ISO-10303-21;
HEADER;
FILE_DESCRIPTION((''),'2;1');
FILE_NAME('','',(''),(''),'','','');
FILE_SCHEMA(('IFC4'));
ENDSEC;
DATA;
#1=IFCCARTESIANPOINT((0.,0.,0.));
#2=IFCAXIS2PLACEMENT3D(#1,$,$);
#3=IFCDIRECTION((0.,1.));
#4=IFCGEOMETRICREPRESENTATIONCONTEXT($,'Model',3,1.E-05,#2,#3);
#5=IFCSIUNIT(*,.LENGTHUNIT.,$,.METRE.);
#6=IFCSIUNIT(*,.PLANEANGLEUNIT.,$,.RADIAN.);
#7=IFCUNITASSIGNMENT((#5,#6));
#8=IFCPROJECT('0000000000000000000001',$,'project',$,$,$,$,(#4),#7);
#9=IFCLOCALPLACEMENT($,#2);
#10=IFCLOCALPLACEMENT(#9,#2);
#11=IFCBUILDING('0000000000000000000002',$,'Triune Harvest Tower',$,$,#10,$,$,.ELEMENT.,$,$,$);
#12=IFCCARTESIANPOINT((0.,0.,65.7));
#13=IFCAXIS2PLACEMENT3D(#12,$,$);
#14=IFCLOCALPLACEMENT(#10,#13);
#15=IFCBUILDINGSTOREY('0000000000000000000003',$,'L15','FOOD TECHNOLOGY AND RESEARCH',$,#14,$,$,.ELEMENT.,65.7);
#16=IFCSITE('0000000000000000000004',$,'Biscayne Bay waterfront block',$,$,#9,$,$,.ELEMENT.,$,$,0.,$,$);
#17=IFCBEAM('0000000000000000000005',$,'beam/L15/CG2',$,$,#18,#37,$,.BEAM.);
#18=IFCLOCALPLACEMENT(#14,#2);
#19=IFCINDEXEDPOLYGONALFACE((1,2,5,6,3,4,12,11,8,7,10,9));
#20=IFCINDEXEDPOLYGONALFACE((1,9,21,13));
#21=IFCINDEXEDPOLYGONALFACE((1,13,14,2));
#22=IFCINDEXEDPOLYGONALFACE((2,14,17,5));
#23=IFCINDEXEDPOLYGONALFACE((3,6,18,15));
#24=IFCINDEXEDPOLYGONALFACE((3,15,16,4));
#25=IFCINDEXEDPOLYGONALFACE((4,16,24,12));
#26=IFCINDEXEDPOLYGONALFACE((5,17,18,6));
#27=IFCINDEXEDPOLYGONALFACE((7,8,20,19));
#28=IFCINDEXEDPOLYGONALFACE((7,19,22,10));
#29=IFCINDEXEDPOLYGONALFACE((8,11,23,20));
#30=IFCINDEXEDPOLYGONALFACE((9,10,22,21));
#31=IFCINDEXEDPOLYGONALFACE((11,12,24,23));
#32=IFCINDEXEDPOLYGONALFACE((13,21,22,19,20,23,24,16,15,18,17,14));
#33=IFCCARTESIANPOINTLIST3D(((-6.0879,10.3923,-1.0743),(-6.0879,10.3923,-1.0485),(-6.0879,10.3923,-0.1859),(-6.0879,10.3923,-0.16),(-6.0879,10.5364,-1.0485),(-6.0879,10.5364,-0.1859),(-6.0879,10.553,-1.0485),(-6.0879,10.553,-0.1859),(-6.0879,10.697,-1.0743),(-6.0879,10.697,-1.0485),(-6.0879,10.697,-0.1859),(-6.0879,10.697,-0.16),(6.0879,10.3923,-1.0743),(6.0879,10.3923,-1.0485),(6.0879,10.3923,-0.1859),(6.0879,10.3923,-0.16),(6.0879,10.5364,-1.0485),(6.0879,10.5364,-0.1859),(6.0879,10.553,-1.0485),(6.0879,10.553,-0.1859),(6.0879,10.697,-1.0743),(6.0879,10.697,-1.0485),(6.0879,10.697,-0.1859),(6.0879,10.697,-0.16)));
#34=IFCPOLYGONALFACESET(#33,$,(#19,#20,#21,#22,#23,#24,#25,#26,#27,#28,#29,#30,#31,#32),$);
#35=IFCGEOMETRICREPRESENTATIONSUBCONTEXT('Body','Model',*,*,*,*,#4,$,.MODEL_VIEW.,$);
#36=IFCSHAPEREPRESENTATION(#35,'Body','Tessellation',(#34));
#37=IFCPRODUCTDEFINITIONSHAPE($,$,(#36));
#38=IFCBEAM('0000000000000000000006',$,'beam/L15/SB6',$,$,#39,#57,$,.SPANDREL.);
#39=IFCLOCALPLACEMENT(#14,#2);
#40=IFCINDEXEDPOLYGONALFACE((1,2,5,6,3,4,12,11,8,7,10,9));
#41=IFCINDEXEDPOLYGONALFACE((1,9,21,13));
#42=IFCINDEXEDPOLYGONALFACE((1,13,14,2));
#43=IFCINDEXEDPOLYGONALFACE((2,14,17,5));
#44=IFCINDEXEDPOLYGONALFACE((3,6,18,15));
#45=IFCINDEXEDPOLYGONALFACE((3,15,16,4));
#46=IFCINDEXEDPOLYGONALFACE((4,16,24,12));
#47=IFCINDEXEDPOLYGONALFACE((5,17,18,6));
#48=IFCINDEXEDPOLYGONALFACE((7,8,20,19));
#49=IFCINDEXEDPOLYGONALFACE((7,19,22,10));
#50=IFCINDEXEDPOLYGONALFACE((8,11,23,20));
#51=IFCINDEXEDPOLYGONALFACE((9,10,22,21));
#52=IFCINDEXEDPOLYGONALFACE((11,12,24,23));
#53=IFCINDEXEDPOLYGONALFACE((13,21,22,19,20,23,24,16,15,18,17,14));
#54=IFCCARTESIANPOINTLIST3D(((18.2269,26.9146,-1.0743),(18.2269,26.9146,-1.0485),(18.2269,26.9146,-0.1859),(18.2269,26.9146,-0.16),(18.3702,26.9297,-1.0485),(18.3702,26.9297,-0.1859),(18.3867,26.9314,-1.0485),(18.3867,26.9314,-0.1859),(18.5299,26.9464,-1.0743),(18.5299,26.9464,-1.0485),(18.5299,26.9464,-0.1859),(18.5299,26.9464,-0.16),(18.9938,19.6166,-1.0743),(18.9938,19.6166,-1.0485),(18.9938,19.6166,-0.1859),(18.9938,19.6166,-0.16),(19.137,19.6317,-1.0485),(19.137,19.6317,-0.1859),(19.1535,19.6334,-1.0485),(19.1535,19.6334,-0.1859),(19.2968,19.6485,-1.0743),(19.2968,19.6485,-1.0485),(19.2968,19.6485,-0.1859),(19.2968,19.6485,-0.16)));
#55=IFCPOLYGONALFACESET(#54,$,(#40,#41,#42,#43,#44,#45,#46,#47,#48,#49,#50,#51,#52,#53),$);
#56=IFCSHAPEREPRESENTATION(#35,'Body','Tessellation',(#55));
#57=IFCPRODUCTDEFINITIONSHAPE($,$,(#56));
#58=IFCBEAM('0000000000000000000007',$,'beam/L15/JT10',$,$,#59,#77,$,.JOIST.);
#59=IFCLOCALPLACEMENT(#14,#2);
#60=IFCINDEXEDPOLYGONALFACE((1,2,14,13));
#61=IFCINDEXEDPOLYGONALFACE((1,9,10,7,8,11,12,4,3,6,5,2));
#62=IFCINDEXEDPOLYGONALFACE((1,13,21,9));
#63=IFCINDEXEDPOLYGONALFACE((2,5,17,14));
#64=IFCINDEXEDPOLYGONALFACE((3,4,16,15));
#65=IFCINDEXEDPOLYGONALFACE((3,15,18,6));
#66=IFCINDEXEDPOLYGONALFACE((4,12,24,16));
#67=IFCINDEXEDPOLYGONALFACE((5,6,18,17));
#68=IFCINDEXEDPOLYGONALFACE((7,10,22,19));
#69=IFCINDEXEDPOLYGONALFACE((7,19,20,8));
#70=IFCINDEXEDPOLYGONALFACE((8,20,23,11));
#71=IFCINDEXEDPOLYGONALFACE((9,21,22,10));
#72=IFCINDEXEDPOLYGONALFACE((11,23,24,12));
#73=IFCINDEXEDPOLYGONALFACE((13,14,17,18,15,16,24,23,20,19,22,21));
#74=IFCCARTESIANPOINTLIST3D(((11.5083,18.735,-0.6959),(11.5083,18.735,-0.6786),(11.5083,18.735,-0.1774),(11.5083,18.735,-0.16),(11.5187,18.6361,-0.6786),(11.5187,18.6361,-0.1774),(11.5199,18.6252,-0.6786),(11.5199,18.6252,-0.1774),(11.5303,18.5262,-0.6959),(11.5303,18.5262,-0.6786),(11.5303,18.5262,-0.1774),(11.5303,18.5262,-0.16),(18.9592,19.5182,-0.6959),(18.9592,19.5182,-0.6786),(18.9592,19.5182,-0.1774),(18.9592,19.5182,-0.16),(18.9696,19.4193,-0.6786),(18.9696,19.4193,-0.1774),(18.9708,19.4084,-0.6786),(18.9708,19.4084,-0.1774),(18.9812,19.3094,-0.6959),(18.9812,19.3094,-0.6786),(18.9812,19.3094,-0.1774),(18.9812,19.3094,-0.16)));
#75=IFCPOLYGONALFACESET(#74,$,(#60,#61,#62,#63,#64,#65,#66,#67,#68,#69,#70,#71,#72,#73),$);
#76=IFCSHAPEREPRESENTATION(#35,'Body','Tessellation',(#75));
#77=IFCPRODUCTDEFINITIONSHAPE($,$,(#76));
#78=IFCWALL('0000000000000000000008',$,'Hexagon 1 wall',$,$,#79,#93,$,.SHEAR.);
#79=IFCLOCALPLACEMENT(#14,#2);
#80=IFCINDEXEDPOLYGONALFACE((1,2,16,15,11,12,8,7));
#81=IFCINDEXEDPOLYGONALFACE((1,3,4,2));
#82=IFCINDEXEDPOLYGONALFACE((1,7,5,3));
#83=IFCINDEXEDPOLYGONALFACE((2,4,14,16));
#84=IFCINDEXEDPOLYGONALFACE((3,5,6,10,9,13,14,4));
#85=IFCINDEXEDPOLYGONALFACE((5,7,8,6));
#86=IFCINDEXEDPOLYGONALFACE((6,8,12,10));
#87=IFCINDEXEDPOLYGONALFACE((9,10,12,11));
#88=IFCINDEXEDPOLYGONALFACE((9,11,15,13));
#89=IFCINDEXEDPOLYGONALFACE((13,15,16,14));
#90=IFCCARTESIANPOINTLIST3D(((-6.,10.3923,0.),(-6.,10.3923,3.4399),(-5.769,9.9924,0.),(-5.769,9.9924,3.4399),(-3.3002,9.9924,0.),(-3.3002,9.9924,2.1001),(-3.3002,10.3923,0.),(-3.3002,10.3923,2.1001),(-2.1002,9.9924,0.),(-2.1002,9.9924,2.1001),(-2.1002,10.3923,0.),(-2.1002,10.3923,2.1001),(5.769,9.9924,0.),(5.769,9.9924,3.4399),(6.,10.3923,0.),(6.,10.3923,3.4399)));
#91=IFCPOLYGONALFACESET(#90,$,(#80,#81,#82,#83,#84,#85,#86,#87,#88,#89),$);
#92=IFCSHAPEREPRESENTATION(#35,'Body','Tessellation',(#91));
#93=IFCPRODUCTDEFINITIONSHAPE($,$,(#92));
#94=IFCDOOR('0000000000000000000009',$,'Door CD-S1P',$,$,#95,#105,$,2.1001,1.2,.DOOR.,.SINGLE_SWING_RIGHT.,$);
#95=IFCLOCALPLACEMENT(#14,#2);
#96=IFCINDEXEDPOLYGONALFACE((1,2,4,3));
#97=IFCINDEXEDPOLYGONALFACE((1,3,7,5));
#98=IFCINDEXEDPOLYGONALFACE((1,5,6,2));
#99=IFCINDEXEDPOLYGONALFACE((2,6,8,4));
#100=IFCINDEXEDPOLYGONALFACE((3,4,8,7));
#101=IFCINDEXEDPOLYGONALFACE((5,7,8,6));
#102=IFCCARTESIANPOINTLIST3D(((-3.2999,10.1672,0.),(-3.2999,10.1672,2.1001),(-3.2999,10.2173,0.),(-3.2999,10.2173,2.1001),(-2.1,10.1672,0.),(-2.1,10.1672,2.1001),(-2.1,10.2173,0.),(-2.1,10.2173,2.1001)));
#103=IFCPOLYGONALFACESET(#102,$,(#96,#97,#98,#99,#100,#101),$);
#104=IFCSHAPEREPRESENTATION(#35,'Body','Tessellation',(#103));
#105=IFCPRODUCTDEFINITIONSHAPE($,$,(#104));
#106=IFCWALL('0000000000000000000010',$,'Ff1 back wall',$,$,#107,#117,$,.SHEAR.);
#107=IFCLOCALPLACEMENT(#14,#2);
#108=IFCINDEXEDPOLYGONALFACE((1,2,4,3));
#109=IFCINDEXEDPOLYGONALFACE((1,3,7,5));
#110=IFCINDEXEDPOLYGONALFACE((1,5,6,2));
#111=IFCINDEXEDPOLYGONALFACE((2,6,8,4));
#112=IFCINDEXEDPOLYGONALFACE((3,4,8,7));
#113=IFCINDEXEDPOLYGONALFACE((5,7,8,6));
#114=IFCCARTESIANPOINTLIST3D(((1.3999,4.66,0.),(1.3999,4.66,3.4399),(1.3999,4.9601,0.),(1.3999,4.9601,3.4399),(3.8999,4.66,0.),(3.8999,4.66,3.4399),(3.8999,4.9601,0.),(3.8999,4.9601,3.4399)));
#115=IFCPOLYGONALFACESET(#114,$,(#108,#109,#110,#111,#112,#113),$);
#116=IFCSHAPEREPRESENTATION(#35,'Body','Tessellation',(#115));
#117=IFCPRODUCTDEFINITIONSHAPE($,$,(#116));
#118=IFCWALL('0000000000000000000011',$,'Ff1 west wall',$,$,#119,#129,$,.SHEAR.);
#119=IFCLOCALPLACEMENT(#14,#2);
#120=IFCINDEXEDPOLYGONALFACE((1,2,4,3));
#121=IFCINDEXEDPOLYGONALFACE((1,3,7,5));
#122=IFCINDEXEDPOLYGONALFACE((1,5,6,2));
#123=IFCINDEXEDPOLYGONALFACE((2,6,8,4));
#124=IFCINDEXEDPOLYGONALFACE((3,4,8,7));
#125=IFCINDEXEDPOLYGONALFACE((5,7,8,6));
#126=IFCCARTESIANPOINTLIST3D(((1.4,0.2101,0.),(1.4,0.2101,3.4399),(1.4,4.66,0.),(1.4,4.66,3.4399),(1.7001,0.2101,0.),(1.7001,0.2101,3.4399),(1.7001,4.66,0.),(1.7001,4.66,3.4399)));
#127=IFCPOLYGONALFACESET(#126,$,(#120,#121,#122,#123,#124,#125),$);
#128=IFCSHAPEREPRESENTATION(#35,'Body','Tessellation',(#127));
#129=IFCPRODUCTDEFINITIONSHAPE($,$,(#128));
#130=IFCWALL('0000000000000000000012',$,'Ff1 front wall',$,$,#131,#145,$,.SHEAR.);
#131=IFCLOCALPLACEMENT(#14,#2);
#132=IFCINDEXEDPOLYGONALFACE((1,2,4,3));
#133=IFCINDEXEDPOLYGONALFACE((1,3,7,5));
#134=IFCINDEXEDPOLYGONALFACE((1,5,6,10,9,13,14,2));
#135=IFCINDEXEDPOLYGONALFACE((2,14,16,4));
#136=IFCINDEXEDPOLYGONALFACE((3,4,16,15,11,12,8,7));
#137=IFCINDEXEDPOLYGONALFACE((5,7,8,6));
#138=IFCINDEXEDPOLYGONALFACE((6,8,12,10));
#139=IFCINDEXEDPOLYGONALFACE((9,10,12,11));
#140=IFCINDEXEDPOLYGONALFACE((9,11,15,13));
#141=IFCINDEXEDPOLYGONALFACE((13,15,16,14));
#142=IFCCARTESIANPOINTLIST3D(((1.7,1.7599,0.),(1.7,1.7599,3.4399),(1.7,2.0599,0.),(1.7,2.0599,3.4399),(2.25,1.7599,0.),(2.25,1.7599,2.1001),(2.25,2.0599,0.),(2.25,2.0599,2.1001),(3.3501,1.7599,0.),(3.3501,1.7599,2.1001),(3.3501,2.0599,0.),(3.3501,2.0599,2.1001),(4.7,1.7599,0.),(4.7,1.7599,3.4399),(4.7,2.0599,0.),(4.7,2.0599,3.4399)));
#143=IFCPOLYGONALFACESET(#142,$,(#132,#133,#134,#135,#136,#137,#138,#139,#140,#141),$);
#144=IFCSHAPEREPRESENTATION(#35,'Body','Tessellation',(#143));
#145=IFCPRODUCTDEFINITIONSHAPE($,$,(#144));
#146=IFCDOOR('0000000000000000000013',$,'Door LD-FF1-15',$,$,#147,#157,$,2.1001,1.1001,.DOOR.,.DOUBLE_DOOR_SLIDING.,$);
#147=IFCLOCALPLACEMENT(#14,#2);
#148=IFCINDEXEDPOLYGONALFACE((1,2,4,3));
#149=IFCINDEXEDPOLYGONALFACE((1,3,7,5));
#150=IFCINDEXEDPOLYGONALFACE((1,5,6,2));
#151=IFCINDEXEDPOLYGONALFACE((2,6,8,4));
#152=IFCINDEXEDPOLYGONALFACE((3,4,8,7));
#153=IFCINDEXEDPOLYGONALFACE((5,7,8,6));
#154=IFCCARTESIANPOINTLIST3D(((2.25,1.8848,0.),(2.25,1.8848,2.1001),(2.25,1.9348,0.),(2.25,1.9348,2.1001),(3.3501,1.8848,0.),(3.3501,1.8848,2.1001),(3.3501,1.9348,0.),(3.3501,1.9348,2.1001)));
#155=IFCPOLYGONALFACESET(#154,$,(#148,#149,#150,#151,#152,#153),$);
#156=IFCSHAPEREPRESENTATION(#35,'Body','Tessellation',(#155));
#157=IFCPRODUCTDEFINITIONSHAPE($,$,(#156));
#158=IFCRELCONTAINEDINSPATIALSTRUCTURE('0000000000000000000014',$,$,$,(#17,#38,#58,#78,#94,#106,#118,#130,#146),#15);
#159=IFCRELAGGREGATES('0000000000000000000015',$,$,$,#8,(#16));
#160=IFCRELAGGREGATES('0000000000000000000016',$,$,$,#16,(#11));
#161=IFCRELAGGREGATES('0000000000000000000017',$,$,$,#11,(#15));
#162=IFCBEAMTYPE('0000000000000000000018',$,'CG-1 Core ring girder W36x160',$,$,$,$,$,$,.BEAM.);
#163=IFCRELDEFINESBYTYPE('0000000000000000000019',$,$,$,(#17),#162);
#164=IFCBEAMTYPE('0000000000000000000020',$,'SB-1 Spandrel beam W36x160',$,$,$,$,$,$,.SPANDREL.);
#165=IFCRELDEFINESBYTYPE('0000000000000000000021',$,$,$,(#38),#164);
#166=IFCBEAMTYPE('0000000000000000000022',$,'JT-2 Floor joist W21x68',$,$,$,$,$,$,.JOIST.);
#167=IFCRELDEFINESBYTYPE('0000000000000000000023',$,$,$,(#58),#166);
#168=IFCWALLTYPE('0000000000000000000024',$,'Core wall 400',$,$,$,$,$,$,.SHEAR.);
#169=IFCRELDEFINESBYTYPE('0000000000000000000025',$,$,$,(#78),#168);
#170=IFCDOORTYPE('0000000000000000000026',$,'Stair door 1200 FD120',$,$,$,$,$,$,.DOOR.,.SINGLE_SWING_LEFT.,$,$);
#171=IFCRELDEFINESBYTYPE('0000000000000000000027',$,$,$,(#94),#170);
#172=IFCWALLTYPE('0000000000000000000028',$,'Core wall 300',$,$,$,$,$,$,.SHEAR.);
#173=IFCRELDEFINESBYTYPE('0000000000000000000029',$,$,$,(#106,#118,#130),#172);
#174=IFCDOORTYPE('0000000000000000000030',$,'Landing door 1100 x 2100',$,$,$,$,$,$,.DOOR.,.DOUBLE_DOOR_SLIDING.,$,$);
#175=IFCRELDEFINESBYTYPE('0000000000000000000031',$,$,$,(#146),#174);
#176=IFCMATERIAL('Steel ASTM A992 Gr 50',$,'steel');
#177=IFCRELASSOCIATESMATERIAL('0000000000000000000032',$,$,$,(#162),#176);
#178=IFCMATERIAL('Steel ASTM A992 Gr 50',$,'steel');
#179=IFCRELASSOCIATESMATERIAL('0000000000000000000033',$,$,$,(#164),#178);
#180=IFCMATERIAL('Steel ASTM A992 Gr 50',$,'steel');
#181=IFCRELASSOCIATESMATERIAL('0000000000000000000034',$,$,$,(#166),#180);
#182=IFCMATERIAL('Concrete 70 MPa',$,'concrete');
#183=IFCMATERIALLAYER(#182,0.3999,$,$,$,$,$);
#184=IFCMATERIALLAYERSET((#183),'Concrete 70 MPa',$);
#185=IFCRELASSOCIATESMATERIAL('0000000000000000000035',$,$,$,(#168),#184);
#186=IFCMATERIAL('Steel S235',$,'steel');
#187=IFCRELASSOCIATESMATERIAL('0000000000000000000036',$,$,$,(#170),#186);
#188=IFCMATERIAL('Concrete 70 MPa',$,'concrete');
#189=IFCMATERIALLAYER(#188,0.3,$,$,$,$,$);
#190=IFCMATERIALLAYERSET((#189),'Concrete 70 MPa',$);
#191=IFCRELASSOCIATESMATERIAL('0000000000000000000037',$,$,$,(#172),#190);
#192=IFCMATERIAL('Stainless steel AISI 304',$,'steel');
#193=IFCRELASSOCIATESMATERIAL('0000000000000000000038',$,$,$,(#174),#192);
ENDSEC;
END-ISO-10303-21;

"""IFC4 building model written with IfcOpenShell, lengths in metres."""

from ifc_helpers import new_model, si_unit, direction, frame, frame_2d, origin, origin_2d, place, context, subcontext, project, spatial, polyline, rectangle, i_section, outline, extrude, source, transform, mapped, material, layer, layer_set, material_profile, profile_set, type_object, element, fill, save


model = new_model("IFC4")

# Units and contexts
model_context = context("Model", 3, precision=1e-05, world=origin(), true_north=direction((0.0, 1.0)))
body_context = subcontext(model_context, "Body", "Model", "MODEL_VIEW")
ifc_project = project(units=[si_unit("LENGTHUNIT", "METRE"), si_unit("PLANEANGLEUNIT", "RADIAN")], contexts=[model_context])

# Site, building, storey
site_placement = place(None, origin())
site = spatial("IfcSite", under=ifc_project, at=site_placement, Name="Biscayne Bay waterfront block", CompositionType="ELEMENT", RefElevation=0.0)
building_placement = place(site_placement, origin())
building = spatial("IfcBuilding", under=site, at=building_placement, Name="Triune Harvest Tower", CompositionType="ELEMENT")
storey_placement = place(building_placement, frame((0.0, 0.0, 65.7)))
storey = spatial("IfcBuildingStorey", under=building, at=storey_placement, Name="L15", Description="FOOD TECHNOLOGY AND RESEARCH", CompositionType="ELEMENT", Elevation=65.7)

# Beams
ifc_material_1 = material(Name="Steel ASTM A992 Gr 50", Category="steel")
ifc_material_profile_1 = material_profile(ifc_material_1, i_section(OverallWidth=0.3047, OverallDepth=0.9143, WebThickness=0.0166, FlangeThickness=0.0259, at=origin_2d()), Name="W36x160")
ifc_profile_set_1 = profile_set([ifc_material_profile_1], Name="Steel ASTM A992 Gr 50")
beam_type_1 = type_object("IfcBeamType", Name="CG-1 Core ring girder W36x160", PredefinedType="BEAM", material=ifc_profile_set_1)
shared_shape_1 = source(origin(), body_context, "Body", "SweptSolid", [
    extrude(i_section(OverallWidth=0.3047, OverallDepth=0.9143, WebThickness=0.0166, FlangeThickness=0.0259, at=origin_2d()), origin(), (0.0, 0.0, 1.0), 12.1758),
])
beam_1_placement = place(storey_placement, frame((6.0879, 10.5447, -0.6172), z_axis=(-1.0, 0.0, 0.0), x_axis=(0.0, -1.0, 0.0)))
element("IfcBeam", 1, at=beam_1_placement, inside=storey, type_object=beam_type_1, Name="beam/L15/CG2", PredefinedType="BEAM", context=body_context, shape_type="MappedRepresentation", body=[
    mapped(shared_shape_1, transform((0.0, 0.0, 0.0), scale=1.0)),
])
ifc_material_2 = material(Name="Steel ASTM A992 Gr 50", Category="steel")
ifc_material_profile_2 = material_profile(ifc_material_2, i_section(OverallWidth=0.3047, OverallDepth=0.9143, WebThickness=0.0166, FlangeThickness=0.0259, at=origin_2d()), Name="W36x160")
ifc_profile_set_2 = profile_set([ifc_material_profile_2], Name="Steel ASTM A992 Gr 50")
beam_type_2 = type_object("IfcBeamType", Name="SB-1 Spandrel beam W36x160", PredefinedType="SPANDREL", material=ifc_profile_set_2)
shared_shape_2 = source(origin(), body_context, "Body", "SweptSolid", [
    extrude(i_section(OverallWidth=0.3047, OverallDepth=0.9143, WebThickness=0.0166, FlangeThickness=0.0259, at=origin_2d()), origin(), (0.0, 0.0, 1.0), 7.3381),
])
beam_2_placement = place(storey_placement, frame((19.1453, 19.6326, -0.6172), z_axis=(-0.104503, 0.994525, 0.0), x_axis=(-0.994525, -0.104503, 0.0)))
element("IfcBeam", 2, at=beam_2_placement, inside=storey, type_object=beam_type_2, Name="beam/L15/SB6", PredefinedType="SPANDREL", context=body_context, shape_type="MappedRepresentation", body=[
    mapped(shared_shape_2, transform((0.0, 0.0, 0.0), scale=1.0)),
])
ifc_material_3 = material(Name="Steel ASTM A992 Gr 50", Category="steel")
ifc_material_profile_3 = material_profile(ifc_material_3, i_section(OverallWidth=0.21, OverallDepth=0.5359, WebThickness=0.011, FlangeThickness=0.0173, at=origin_2d()), Name="W21x68")
ifc_profile_set_3 = profile_set([ifc_material_profile_3], Name="Steel ASTM A992 Gr 50")
beam_type_3 = type_object("IfcBeamType", Name="JT-2 Floor joist W21x68", PredefinedType="JOIST", material=ifc_profile_set_3)
shared_shape_3 = source(origin(), body_context, "Body", "SweptSolid", [
    extrude(i_section(OverallWidth=0.21, OverallDepth=0.5359, WebThickness=0.011, FlangeThickness=0.0173, at=origin_2d()), origin(), (0.0, 0.0, 1.0), 7.4919),
])
beam_3_placement = place(storey_placement, frame((18.9702, 19.4138, -0.428), z_axis=(-0.994521, -0.104539, 0.0), x_axis=(0.104539, -0.994521, 0.0)))
element("IfcBeam", 3, at=beam_3_placement, inside=storey, type_object=beam_type_3, Name="beam/L15/JT10", PredefinedType="JOIST", context=body_context, shape_type="MappedRepresentation", body=[
    mapped(shared_shape_3, transform((0.0, 0.0, 0.0), scale=1.0)),
])

# Wall, opening, door
ifc_material_4 = material(Name="Concrete 70 MPa", Category="concrete")
ifc_layer_1 = layer(ifc_material_4, 0.3999)
ifc_layer_set_1 = layer_set([ifc_layer_1], Name="Concrete 70 MPa")
wall_type_1 = type_object("IfcWallType", Name="Core wall 400", PredefinedType="SHEAR", material=ifc_layer_set_1)
shared_shape_4 = source(origin(), body_context, "Body", "SweptSolid", [
    extrude(outline(polyline([(-0.1155, -0.2), (11.8845, -0.2), (11.6536, 0.2), (0.1155, 0.2), (-0.1155, -0.2)])), origin(), (0.0, 0.0, 1.0), 3.4399),
])
wall_1_placement = place(storey_placement, frame((5.8845, 10.1924, 0.0), z_axis=(0.0, 0.0, 1.0), x_axis=(-1.0, 0.0, 0.0)))
wall_1 = element("IfcWall", 4, at=wall_1_placement, inside=storey, type_object=wall_type_1, Name="Hexagon 1 wall", PredefinedType="SHEAR", context=body_context, shape_type="MappedRepresentation", body=[
    mapped(shared_shape_4, transform((0.0, 0.0, 0.0), scale=1.0)),
])
opening_1_placement = place(wall_1_placement, frame((7.9846, 0.0, 0.0)))
opening_1 = element("IfcOpeningElement", 5, at=opening_1_placement, cuts=wall_1, PredefinedType="OPENING", context=body_context, shape_type="SweptSolid", body=[
    extrude(rectangle(XDim=1.2, YDim=2.1001, at=frame_2d((0.6001, 1.05))), frame((0.0, 0.21, 0.0), z_axis=(0.0, -1.0, 0.0), x_axis=(1.0, 0.0, 0.0)), (0.0, 0.0, 1.0), 0.4199),
])
ifc_material_5 = material(Name="Steel S235", Category="steel")
door_type_1 = type_object("IfcDoorType", Name="Stair door 1200 FD120", OperationType="SINGLE_SWING_LEFT", PredefinedType="DOOR", material=ifc_material_5)
door_1_placement = place(opening_1_placement, frame((1.2, 0.0, 0.0), z_axis=(0.0, 0.0, 1.0), x_axis=(-1.0, 0.0, 0.0)))
door_1 = element("IfcDoor", 6, at=door_1_placement, inside=storey, type_object=door_type_1, Name="Door CD-S1P", OperationType="SINGLE_SWING_RIGHT", OverallHeight=2.1001, OverallWidth=1.2, PredefinedType="DOOR", context=body_context, shape_type="SweptSolid", body=[
    extrude(rectangle(XDim=1.2, YDim=2.1001, at=frame_2d((0.6001, 1.05))), frame((0.0, 0.0249, 0.0), z_axis=(0.0, -1.0, 0.0), x_axis=(1.0, 0.0, 0.0)), (0.0, 0.0, 1.0), 0.05),
])
fill(opening_1, door_1)

# Walls
ifc_material_6 = material(Name="Concrete 70 MPa", Category="concrete")
ifc_layer_2 = layer(ifc_material_6, 0.3)
ifc_layer_set_2 = layer_set([ifc_layer_2], Name="Concrete 70 MPa")
wall_type_2 = type_object("IfcWallType", Name="Core wall 300", PredefinedType="SHEAR", material=ifc_layer_set_2)
shared_shape_5 = source(origin(), body_context, "Body", "SweptSolid", [
    extrude(rectangle(XDim=2.5, YDim=0.3, at=frame_2d((1.25, 0.0))), origin(), (0.0, 0.0, 1.0), 3.4399),
])
wall_2_placement = place(storey_placement, frame((1.3999, 4.8101, 0.0), z_axis=(0.0, 0.0, 1.0), x_axis=(1.0, 0.0, 0.0)))
element("IfcWall", 7, at=wall_2_placement, inside=storey, type_object=wall_type_2, Name="Ff1 back wall", PredefinedType="SHEAR", context=body_context, shape_type="MappedRepresentation", body=[
    mapped(shared_shape_5, transform((0.0, 0.0, 0.0), scale=1.0)),
])
shared_shape_6 = source(origin(), body_context, "Body", "SweptSolid", [
    extrude(rectangle(XDim=4.45, YDim=0.3, at=frame_2d((2.2251, 0.0))), origin(), (0.0, 0.0, 1.0), 3.4399),
])
wall_3_placement = place(storey_placement, frame((1.55, 0.21, 0.0), z_axis=(0.0, 0.0, 1.0), x_axis=(0.0, 1.0, 0.0)))
element("IfcWall", 8, at=wall_3_placement, inside=storey, type_object=wall_type_2, Name="Ff1 west wall", PredefinedType="SHEAR", context=body_context, shape_type="MappedRepresentation", body=[
    mapped(shared_shape_6, transform((0.0, 0.0, 0.0), scale=1.0)),
])

# Wall, opening, door
shared_shape_7 = source(origin(), body_context, "Body", "SweptSolid", [
    extrude(rectangle(XDim=3.0, YDim=0.3, at=frame_2d((1.5, 0.0))), origin(), (0.0, 0.0, 1.0), 3.4399),
])
wall_4_placement = place(storey_placement, frame((1.7, 1.9099, 0.0), z_axis=(0.0, 0.0, 1.0), x_axis=(1.0, 0.0, 0.0)))
wall_4 = element("IfcWall", 9, at=wall_4_placement, inside=storey, type_object=wall_type_2, Name="Ff1 front wall", PredefinedType="SHEAR", context=body_context, shape_type="MappedRepresentation", body=[
    mapped(shared_shape_7, transform((0.0, 0.0, 0.0), scale=1.0)),
])
opening_2_placement = place(wall_4_placement, frame((0.55, 0.0, 0.0)))
opening_2 = element("IfcOpeningElement", 10, at=opening_2_placement, cuts=wall_4, PredefinedType="OPENING", context=body_context, shape_type="SweptSolid", body=[
    extrude(rectangle(XDim=1.1001, YDim=2.1001, at=frame_2d((0.55, 1.05))), frame((0.0, 0.1602, 0.0), z_axis=(0.0, -1.0, 0.0), x_axis=(1.0, 0.0, 0.0)), (0.0, 0.0, 1.0), 0.3201),
])
ifc_material_7 = material(Name="Stainless steel AISI 304", Category="steel")
door_type_2 = type_object("IfcDoorType", Name="Landing door 1100 x 2100", OperationType="DOUBLE_DOOR_SLIDING", PredefinedType="DOOR", material=ifc_material_7)
door_2_placement = place(opening_2_placement, origin())
door_2 = element("IfcDoor", 11, at=door_2_placement, inside=storey, type_object=door_type_2, Name="Door LD-FF1-15", OperationType="DOUBLE_DOOR_SLIDING", OverallHeight=2.1001, OverallWidth=1.1001, PredefinedType="DOOR", context=body_context, shape_type="SweptSolid", body=[
    extrude(rectangle(XDim=1.1001, YDim=2.1001, at=frame_2d((0.55, 1.05))), frame((0.0, 0.0249, 0.0), z_axis=(0.0, -1.0, 0.0), x_axis=(1.0, 0.0, 0.0)), (0.0, 0.0, 1.0), 0.05),
])
fill(opening_2, door_2)

save(model, "model.ifc")
